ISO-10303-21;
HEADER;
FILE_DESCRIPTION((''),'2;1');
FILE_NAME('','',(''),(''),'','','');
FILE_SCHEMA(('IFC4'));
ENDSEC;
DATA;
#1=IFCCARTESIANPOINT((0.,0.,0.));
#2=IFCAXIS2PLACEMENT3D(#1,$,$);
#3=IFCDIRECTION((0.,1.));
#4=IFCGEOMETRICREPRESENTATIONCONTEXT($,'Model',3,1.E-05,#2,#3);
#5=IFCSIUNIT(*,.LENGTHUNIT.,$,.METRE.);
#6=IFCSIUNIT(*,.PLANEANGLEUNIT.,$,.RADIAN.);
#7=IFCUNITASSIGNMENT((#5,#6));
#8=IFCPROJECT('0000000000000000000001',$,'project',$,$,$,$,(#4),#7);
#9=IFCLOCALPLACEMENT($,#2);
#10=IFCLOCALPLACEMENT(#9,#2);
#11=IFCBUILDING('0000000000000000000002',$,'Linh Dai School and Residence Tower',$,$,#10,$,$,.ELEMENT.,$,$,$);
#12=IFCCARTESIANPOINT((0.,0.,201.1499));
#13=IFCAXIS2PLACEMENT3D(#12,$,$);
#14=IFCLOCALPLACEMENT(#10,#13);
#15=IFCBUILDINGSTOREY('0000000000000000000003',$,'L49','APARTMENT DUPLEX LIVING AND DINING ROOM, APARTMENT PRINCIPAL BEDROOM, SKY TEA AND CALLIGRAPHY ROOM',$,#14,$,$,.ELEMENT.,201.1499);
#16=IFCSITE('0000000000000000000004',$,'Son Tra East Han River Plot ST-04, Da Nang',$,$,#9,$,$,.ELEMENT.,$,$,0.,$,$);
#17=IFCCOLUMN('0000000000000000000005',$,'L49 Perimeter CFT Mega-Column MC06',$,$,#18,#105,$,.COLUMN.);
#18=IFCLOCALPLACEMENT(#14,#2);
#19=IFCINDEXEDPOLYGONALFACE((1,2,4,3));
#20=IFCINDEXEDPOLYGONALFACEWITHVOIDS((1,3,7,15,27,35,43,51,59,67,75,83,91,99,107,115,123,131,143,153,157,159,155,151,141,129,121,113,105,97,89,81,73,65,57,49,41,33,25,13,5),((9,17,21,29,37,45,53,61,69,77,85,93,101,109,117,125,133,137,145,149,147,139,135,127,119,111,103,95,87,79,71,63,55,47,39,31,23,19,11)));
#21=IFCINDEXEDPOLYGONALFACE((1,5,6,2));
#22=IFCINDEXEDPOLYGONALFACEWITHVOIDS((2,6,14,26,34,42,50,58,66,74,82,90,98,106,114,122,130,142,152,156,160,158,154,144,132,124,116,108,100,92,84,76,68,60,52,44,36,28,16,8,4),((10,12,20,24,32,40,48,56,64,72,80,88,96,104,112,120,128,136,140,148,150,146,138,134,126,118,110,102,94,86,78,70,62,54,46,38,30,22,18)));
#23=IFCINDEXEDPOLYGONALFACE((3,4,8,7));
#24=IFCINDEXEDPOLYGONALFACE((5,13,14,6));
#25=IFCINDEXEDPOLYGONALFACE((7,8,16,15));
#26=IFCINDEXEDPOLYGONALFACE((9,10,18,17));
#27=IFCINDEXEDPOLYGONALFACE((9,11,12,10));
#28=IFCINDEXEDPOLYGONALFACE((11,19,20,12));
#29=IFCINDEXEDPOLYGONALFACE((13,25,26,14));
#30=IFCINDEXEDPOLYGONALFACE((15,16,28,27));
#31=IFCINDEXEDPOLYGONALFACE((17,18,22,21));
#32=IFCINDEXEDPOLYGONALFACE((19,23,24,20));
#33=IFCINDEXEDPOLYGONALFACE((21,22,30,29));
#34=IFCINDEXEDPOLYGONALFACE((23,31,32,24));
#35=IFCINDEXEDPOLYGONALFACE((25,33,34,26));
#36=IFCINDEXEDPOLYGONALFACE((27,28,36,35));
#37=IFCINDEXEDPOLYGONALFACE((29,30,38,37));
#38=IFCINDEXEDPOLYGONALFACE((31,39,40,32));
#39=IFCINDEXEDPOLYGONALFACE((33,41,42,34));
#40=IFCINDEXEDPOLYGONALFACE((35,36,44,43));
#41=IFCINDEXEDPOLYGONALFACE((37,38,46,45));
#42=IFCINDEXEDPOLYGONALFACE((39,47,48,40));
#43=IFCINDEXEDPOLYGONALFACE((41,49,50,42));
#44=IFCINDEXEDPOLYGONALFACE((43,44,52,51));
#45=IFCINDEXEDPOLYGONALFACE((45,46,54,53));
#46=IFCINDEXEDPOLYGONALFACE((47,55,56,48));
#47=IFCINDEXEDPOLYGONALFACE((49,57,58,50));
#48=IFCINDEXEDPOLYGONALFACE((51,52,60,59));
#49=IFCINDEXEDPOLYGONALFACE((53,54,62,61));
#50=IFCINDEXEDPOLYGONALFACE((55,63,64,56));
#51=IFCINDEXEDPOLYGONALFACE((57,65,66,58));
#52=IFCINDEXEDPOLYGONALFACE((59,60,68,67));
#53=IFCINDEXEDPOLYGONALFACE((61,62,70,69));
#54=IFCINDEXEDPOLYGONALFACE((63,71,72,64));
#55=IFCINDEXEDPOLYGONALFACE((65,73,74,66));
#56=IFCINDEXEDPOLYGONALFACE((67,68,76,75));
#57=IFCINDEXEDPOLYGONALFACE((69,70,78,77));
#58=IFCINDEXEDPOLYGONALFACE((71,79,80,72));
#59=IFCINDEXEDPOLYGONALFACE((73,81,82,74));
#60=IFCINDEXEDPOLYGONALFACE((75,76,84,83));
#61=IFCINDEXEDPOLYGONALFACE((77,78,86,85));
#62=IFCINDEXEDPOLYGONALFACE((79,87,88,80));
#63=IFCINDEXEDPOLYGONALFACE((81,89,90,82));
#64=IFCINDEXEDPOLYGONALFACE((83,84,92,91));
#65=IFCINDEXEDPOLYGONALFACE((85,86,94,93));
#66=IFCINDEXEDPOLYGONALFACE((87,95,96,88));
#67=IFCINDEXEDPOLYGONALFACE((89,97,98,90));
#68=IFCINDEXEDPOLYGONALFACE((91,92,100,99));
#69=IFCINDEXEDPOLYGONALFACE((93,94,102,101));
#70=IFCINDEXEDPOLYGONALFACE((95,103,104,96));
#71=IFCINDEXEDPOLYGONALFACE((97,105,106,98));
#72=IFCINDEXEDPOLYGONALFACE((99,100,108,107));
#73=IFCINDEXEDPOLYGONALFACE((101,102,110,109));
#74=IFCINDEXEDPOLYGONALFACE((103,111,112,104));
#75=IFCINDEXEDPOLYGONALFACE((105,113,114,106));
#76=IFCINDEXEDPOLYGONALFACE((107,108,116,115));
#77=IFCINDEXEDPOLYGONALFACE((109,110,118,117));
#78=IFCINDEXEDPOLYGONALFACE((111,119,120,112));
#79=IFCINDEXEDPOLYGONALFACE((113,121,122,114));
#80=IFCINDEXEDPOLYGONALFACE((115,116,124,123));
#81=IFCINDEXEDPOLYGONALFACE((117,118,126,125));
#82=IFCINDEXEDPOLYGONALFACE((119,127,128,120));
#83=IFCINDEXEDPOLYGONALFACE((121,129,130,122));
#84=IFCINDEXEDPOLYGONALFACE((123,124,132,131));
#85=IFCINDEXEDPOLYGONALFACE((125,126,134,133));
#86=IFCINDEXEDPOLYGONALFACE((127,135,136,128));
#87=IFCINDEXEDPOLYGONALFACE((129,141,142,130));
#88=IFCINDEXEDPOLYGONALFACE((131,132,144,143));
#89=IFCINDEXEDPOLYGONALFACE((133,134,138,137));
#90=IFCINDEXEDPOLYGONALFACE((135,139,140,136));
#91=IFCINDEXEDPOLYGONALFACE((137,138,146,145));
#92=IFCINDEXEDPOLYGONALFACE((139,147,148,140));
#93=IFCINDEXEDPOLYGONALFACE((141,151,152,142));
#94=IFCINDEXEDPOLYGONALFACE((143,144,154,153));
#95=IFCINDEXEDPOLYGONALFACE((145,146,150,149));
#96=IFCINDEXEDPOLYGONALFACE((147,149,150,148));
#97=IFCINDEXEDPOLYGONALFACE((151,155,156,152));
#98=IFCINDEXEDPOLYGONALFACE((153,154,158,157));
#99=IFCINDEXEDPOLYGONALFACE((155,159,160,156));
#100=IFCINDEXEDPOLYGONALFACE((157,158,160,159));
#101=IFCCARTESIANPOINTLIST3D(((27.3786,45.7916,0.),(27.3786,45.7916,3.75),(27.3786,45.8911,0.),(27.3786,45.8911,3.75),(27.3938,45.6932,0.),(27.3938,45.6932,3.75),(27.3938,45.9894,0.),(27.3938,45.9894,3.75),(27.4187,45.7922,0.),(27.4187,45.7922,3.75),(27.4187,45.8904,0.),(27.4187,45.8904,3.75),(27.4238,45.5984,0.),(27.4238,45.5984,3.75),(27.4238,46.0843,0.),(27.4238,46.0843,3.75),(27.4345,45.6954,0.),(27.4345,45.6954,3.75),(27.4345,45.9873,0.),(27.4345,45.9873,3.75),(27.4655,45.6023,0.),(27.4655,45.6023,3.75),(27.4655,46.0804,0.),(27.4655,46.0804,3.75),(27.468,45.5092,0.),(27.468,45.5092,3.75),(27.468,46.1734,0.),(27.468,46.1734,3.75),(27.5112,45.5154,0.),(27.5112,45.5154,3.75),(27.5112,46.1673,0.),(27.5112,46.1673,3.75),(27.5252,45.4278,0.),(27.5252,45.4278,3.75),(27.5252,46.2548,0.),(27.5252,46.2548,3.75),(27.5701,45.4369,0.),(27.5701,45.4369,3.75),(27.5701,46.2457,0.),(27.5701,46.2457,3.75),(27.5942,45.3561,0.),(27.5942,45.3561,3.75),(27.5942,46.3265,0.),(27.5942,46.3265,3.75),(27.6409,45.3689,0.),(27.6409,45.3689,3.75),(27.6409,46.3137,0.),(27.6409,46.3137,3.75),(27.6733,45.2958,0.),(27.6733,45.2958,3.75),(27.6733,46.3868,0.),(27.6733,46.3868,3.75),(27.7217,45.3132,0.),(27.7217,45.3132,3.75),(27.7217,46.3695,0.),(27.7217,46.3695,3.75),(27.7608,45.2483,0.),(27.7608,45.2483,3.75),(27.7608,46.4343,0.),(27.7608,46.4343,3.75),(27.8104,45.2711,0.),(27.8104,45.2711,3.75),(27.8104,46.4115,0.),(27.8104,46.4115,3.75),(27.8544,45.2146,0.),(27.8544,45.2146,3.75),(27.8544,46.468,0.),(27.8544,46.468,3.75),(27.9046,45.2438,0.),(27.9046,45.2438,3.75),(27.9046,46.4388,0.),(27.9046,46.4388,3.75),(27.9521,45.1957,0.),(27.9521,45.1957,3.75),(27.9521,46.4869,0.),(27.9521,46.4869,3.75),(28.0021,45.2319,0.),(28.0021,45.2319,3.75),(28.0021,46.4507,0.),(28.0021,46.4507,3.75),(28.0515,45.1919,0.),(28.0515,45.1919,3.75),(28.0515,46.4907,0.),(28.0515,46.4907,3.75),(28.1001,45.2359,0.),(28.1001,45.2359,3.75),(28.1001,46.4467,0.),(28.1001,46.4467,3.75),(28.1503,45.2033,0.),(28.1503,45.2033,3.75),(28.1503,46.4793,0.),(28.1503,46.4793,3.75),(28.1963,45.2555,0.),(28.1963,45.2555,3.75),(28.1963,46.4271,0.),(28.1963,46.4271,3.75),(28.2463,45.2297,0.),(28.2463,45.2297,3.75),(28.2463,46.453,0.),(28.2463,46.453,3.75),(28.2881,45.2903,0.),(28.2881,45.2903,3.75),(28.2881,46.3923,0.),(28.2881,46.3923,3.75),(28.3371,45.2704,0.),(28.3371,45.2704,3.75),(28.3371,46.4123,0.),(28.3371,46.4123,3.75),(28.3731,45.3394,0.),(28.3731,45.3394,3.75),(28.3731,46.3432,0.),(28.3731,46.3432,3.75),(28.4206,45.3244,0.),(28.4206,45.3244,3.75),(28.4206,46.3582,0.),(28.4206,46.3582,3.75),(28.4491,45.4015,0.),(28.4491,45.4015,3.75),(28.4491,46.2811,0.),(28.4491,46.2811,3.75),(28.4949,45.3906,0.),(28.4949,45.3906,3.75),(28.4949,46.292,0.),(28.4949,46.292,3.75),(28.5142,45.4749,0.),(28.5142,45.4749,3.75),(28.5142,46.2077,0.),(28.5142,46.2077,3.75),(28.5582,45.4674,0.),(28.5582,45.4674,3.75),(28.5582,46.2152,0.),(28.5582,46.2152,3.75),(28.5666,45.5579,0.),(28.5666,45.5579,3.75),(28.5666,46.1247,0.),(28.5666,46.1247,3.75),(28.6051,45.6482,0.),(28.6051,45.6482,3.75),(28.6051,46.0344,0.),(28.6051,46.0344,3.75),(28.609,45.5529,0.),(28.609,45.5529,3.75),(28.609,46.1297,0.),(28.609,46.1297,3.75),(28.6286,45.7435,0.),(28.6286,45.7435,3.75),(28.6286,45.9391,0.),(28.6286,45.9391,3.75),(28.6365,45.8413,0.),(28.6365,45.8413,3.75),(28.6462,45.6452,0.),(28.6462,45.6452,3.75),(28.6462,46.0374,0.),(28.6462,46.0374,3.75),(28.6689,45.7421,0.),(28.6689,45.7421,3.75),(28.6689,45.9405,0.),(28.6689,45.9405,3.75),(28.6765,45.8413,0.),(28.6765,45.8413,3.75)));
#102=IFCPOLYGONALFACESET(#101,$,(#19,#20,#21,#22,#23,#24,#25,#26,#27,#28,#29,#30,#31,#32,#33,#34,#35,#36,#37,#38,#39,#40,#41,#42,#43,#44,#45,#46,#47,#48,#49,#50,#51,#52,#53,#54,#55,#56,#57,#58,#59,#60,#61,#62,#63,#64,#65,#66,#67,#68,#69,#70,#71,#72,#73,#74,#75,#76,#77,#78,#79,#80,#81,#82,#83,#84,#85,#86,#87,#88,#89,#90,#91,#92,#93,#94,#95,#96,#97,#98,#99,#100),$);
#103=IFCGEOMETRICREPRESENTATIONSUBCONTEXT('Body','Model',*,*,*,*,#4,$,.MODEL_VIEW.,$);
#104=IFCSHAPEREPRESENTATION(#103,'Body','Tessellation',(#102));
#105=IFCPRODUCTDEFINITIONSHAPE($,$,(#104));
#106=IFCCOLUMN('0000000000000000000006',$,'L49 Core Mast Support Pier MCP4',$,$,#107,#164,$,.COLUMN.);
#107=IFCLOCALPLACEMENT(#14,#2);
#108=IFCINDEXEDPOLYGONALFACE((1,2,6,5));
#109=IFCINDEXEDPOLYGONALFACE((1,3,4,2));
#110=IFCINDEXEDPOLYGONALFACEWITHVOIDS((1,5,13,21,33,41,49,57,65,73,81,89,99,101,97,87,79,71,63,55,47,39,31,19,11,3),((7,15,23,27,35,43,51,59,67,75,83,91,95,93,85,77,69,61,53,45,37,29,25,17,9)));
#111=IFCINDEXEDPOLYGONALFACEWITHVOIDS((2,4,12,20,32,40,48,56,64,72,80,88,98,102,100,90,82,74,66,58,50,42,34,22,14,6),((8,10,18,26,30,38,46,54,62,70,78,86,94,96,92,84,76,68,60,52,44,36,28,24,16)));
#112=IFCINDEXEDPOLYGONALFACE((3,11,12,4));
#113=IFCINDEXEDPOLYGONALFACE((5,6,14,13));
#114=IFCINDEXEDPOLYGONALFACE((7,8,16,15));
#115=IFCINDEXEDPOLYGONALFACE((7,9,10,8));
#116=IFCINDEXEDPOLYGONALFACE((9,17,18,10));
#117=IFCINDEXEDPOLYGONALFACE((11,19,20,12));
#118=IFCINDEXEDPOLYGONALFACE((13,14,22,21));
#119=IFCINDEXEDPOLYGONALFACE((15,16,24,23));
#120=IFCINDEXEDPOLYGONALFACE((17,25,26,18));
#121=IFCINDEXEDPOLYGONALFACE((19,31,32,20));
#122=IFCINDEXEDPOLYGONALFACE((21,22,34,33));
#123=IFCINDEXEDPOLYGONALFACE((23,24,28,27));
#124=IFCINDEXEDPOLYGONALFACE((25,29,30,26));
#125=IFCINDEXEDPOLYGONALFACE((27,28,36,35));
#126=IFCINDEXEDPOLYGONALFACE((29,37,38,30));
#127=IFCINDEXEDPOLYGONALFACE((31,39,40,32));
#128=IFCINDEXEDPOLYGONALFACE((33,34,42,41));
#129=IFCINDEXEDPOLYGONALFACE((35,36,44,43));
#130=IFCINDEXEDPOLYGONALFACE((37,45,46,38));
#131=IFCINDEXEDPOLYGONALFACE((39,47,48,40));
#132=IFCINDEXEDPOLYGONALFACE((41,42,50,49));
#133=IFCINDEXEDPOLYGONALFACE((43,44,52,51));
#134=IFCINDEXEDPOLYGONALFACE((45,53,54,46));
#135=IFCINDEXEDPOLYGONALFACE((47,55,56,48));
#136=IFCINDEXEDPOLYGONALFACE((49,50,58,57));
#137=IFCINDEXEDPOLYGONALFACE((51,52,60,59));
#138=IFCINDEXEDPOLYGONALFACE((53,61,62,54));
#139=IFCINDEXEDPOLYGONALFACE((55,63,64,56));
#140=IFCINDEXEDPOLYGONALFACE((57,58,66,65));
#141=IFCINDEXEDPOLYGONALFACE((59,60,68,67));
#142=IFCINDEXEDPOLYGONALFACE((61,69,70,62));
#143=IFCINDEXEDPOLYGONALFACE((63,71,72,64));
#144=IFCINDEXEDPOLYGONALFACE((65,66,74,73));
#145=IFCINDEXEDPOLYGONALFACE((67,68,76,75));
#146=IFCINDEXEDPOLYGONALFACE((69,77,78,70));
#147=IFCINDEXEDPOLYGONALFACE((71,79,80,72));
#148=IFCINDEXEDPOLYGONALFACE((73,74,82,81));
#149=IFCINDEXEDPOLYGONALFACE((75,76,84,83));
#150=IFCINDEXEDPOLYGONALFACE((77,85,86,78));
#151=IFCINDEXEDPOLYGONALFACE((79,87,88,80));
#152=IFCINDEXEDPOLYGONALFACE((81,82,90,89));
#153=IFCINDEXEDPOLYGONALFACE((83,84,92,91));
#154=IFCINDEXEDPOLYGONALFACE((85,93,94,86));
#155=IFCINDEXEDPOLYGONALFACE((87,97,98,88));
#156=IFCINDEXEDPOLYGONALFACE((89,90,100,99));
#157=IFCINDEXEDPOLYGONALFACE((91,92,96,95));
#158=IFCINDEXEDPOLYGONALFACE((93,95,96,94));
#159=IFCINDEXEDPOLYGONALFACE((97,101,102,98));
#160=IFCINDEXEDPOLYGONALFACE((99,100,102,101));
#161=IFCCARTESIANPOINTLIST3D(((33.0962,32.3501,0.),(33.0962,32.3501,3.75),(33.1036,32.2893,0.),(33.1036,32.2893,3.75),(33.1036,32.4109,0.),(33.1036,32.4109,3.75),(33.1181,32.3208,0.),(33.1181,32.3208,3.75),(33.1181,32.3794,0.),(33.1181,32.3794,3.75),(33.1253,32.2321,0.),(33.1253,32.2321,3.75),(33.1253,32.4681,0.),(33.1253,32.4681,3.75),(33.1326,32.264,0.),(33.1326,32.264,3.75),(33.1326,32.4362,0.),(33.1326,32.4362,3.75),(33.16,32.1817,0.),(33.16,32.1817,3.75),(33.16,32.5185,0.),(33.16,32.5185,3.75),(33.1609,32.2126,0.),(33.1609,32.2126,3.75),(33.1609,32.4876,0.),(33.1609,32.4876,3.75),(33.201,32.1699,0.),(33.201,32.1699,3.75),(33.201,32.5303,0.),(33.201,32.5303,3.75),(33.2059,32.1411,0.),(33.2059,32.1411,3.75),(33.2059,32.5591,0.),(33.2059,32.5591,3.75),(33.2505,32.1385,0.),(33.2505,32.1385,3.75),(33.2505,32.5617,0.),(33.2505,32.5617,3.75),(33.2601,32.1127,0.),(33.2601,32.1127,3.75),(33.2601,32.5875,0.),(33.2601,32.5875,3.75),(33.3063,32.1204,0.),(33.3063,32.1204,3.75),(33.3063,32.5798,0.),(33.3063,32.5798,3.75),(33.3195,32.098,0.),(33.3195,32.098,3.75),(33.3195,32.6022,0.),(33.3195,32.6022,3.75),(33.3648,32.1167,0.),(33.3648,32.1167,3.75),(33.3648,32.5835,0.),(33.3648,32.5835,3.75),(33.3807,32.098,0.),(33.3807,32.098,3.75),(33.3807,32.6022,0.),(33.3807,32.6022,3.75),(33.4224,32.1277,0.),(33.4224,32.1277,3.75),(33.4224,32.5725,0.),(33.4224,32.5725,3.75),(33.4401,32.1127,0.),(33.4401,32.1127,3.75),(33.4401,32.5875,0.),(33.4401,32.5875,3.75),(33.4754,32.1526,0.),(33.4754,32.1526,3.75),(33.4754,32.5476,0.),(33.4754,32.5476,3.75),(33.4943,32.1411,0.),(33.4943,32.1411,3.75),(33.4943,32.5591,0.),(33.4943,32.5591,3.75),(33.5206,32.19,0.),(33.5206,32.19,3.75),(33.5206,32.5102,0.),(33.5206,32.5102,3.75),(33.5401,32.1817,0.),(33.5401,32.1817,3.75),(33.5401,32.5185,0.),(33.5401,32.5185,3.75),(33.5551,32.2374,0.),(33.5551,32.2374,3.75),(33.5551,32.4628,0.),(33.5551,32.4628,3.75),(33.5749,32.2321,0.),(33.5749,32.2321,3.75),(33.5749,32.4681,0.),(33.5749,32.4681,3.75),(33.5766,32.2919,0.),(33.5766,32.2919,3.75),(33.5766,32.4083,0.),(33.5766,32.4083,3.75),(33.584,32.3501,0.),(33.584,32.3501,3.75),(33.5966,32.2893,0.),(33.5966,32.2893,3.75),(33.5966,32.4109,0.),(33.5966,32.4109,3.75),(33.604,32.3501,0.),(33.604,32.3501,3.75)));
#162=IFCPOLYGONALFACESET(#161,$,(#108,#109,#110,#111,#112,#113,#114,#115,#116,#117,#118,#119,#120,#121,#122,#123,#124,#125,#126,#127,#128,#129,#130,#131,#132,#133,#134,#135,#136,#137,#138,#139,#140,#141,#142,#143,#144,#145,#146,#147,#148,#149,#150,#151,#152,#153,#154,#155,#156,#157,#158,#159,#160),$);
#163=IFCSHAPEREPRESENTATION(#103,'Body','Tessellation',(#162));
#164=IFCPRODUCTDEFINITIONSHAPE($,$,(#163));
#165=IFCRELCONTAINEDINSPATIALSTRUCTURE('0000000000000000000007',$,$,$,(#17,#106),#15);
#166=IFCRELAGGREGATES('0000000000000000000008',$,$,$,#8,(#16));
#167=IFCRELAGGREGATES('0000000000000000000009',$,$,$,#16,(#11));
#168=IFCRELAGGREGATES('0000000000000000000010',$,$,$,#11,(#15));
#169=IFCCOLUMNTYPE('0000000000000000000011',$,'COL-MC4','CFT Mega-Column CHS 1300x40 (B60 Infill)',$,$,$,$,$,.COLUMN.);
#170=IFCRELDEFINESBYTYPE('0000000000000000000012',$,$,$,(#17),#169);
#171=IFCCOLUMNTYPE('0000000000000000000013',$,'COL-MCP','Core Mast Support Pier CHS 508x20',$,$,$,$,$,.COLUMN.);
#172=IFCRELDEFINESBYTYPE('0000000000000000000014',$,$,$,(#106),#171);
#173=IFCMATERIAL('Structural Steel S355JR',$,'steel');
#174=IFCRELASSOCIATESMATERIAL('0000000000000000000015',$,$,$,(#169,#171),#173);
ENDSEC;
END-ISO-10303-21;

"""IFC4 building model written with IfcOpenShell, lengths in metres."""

from ifc_helpers import new_model, si_unit, direction, frame, origin, origin_2d, place, context, subcontext, project, spatial, hollow_circle, extrude, material, material_profile, profile_set, type_object, element, save


model = new_model("IFC4")

# Units and contexts
model_context = context("Model", 3, precision=1e-05, world=origin(), true_north=direction((0.0, 1.0)))
body_context = subcontext(model_context, "Body", "Model", "MODEL_VIEW")
ifc_project = project(units=[si_unit("LENGTHUNIT", "METRE"), si_unit("PLANEANGLEUNIT", "RADIAN")], contexts=[model_context])

# Site, building, storey
site_placement = place(None, origin())
site = spatial("IfcSite", under=ifc_project, at=site_placement, Name="Son Tra East Han River Plot ST-04, Da Nang", CompositionType="ELEMENT", RefElevation=0.0)
building_placement = place(site_placement, origin())
building = spatial("IfcBuilding", under=site, at=building_placement, Name="Linh Dai School and Residence Tower", CompositionType="ELEMENT")
storey_placement = place(building_placement, frame((0.0, 0.0, 201.1499)))
storey = spatial("IfcBuildingStorey", under=building, at=storey_placement, Name="L49", Description="APARTMENT DUPLEX LIVING AND DINING ROOM, APARTMENT PRINCIPAL BEDROOM, SKY TEA AND CALLIGRAPHY ROOM", CompositionType="ELEMENT", Elevation=201.1499)

# Columns
ifc_material_1 = material(Name="Structural Steel S355JR", Category="steel")
ifc_material_profile_1 = material_profile(ifc_material_1, hollow_circle(Radius=0.6499, WallThickness=0.04, at=origin_2d()), Name="CHS 1300x40")
ifc_profile_set_1 = profile_set([ifc_material_profile_1], Name="Structural Steel S355JR")
column_type_1 = type_object("IfcColumnType", Name="COL-MC4", Description="CFT Mega-Column CHS 1300x40 (B60 Infill)", PredefinedType="COLUMN", material=ifc_profile_set_1)
for number, where, z_axis, x_axis, name in (
    (1, (28.0266, 45.8413, 0.0), (0.0, 0.0, 1.0), (1.0, 0.0, 0.0), "L49 Perimeter CFT Mega-Column MC06"),
):
    element("IfcColumn", number, at=place(storey_placement, frame(where, z_axis=z_axis, x_axis=x_axis)), inside=storey, type_object=column_type_1, Name=name, PredefinedType="COLUMN", context=body_context, shape_type="SweptSolid", body=[
        extrude(hollow_circle(Radius=0.6499, WallThickness=0.04, at=origin_2d()), origin(), (0.0, 0.0, 1.0), 3.75),
    ])
ifc_material_profile_2 = material_profile(ifc_material_1, hollow_circle(Radius=0.2539, WallThickness=0.02, at=origin_2d()), Name="CHS 508x20")
ifc_profile_set_2 = profile_set([ifc_material_profile_2], Name="Structural Steel S355JR")
column_type_2 = type_object("IfcColumnType", Name="COL-MCP", Description="Core Mast Support Pier CHS 508x20", PredefinedType="COLUMN", material=ifc_profile_set_2)
column_1_placement = place(storey_placement, frame((33.3501, 32.3501, 0.0), z_axis=(0.0, 0.0, 1.0), x_axis=(1.0, 0.0, 0.0)))
element("IfcColumn", 2, at=column_1_placement, inside=storey, type_object=column_type_2, Name="L49 Core Mast Support Pier MCP4", PredefinedType="COLUMN", context=body_context, shape_type="SweptSolid", body=[
    extrude(hollow_circle(Radius=0.2539, WallThickness=0.02, at=origin_2d()), origin(), (0.0, 0.0, 1.0), 3.75),
])

save(model, "model.ifc")
